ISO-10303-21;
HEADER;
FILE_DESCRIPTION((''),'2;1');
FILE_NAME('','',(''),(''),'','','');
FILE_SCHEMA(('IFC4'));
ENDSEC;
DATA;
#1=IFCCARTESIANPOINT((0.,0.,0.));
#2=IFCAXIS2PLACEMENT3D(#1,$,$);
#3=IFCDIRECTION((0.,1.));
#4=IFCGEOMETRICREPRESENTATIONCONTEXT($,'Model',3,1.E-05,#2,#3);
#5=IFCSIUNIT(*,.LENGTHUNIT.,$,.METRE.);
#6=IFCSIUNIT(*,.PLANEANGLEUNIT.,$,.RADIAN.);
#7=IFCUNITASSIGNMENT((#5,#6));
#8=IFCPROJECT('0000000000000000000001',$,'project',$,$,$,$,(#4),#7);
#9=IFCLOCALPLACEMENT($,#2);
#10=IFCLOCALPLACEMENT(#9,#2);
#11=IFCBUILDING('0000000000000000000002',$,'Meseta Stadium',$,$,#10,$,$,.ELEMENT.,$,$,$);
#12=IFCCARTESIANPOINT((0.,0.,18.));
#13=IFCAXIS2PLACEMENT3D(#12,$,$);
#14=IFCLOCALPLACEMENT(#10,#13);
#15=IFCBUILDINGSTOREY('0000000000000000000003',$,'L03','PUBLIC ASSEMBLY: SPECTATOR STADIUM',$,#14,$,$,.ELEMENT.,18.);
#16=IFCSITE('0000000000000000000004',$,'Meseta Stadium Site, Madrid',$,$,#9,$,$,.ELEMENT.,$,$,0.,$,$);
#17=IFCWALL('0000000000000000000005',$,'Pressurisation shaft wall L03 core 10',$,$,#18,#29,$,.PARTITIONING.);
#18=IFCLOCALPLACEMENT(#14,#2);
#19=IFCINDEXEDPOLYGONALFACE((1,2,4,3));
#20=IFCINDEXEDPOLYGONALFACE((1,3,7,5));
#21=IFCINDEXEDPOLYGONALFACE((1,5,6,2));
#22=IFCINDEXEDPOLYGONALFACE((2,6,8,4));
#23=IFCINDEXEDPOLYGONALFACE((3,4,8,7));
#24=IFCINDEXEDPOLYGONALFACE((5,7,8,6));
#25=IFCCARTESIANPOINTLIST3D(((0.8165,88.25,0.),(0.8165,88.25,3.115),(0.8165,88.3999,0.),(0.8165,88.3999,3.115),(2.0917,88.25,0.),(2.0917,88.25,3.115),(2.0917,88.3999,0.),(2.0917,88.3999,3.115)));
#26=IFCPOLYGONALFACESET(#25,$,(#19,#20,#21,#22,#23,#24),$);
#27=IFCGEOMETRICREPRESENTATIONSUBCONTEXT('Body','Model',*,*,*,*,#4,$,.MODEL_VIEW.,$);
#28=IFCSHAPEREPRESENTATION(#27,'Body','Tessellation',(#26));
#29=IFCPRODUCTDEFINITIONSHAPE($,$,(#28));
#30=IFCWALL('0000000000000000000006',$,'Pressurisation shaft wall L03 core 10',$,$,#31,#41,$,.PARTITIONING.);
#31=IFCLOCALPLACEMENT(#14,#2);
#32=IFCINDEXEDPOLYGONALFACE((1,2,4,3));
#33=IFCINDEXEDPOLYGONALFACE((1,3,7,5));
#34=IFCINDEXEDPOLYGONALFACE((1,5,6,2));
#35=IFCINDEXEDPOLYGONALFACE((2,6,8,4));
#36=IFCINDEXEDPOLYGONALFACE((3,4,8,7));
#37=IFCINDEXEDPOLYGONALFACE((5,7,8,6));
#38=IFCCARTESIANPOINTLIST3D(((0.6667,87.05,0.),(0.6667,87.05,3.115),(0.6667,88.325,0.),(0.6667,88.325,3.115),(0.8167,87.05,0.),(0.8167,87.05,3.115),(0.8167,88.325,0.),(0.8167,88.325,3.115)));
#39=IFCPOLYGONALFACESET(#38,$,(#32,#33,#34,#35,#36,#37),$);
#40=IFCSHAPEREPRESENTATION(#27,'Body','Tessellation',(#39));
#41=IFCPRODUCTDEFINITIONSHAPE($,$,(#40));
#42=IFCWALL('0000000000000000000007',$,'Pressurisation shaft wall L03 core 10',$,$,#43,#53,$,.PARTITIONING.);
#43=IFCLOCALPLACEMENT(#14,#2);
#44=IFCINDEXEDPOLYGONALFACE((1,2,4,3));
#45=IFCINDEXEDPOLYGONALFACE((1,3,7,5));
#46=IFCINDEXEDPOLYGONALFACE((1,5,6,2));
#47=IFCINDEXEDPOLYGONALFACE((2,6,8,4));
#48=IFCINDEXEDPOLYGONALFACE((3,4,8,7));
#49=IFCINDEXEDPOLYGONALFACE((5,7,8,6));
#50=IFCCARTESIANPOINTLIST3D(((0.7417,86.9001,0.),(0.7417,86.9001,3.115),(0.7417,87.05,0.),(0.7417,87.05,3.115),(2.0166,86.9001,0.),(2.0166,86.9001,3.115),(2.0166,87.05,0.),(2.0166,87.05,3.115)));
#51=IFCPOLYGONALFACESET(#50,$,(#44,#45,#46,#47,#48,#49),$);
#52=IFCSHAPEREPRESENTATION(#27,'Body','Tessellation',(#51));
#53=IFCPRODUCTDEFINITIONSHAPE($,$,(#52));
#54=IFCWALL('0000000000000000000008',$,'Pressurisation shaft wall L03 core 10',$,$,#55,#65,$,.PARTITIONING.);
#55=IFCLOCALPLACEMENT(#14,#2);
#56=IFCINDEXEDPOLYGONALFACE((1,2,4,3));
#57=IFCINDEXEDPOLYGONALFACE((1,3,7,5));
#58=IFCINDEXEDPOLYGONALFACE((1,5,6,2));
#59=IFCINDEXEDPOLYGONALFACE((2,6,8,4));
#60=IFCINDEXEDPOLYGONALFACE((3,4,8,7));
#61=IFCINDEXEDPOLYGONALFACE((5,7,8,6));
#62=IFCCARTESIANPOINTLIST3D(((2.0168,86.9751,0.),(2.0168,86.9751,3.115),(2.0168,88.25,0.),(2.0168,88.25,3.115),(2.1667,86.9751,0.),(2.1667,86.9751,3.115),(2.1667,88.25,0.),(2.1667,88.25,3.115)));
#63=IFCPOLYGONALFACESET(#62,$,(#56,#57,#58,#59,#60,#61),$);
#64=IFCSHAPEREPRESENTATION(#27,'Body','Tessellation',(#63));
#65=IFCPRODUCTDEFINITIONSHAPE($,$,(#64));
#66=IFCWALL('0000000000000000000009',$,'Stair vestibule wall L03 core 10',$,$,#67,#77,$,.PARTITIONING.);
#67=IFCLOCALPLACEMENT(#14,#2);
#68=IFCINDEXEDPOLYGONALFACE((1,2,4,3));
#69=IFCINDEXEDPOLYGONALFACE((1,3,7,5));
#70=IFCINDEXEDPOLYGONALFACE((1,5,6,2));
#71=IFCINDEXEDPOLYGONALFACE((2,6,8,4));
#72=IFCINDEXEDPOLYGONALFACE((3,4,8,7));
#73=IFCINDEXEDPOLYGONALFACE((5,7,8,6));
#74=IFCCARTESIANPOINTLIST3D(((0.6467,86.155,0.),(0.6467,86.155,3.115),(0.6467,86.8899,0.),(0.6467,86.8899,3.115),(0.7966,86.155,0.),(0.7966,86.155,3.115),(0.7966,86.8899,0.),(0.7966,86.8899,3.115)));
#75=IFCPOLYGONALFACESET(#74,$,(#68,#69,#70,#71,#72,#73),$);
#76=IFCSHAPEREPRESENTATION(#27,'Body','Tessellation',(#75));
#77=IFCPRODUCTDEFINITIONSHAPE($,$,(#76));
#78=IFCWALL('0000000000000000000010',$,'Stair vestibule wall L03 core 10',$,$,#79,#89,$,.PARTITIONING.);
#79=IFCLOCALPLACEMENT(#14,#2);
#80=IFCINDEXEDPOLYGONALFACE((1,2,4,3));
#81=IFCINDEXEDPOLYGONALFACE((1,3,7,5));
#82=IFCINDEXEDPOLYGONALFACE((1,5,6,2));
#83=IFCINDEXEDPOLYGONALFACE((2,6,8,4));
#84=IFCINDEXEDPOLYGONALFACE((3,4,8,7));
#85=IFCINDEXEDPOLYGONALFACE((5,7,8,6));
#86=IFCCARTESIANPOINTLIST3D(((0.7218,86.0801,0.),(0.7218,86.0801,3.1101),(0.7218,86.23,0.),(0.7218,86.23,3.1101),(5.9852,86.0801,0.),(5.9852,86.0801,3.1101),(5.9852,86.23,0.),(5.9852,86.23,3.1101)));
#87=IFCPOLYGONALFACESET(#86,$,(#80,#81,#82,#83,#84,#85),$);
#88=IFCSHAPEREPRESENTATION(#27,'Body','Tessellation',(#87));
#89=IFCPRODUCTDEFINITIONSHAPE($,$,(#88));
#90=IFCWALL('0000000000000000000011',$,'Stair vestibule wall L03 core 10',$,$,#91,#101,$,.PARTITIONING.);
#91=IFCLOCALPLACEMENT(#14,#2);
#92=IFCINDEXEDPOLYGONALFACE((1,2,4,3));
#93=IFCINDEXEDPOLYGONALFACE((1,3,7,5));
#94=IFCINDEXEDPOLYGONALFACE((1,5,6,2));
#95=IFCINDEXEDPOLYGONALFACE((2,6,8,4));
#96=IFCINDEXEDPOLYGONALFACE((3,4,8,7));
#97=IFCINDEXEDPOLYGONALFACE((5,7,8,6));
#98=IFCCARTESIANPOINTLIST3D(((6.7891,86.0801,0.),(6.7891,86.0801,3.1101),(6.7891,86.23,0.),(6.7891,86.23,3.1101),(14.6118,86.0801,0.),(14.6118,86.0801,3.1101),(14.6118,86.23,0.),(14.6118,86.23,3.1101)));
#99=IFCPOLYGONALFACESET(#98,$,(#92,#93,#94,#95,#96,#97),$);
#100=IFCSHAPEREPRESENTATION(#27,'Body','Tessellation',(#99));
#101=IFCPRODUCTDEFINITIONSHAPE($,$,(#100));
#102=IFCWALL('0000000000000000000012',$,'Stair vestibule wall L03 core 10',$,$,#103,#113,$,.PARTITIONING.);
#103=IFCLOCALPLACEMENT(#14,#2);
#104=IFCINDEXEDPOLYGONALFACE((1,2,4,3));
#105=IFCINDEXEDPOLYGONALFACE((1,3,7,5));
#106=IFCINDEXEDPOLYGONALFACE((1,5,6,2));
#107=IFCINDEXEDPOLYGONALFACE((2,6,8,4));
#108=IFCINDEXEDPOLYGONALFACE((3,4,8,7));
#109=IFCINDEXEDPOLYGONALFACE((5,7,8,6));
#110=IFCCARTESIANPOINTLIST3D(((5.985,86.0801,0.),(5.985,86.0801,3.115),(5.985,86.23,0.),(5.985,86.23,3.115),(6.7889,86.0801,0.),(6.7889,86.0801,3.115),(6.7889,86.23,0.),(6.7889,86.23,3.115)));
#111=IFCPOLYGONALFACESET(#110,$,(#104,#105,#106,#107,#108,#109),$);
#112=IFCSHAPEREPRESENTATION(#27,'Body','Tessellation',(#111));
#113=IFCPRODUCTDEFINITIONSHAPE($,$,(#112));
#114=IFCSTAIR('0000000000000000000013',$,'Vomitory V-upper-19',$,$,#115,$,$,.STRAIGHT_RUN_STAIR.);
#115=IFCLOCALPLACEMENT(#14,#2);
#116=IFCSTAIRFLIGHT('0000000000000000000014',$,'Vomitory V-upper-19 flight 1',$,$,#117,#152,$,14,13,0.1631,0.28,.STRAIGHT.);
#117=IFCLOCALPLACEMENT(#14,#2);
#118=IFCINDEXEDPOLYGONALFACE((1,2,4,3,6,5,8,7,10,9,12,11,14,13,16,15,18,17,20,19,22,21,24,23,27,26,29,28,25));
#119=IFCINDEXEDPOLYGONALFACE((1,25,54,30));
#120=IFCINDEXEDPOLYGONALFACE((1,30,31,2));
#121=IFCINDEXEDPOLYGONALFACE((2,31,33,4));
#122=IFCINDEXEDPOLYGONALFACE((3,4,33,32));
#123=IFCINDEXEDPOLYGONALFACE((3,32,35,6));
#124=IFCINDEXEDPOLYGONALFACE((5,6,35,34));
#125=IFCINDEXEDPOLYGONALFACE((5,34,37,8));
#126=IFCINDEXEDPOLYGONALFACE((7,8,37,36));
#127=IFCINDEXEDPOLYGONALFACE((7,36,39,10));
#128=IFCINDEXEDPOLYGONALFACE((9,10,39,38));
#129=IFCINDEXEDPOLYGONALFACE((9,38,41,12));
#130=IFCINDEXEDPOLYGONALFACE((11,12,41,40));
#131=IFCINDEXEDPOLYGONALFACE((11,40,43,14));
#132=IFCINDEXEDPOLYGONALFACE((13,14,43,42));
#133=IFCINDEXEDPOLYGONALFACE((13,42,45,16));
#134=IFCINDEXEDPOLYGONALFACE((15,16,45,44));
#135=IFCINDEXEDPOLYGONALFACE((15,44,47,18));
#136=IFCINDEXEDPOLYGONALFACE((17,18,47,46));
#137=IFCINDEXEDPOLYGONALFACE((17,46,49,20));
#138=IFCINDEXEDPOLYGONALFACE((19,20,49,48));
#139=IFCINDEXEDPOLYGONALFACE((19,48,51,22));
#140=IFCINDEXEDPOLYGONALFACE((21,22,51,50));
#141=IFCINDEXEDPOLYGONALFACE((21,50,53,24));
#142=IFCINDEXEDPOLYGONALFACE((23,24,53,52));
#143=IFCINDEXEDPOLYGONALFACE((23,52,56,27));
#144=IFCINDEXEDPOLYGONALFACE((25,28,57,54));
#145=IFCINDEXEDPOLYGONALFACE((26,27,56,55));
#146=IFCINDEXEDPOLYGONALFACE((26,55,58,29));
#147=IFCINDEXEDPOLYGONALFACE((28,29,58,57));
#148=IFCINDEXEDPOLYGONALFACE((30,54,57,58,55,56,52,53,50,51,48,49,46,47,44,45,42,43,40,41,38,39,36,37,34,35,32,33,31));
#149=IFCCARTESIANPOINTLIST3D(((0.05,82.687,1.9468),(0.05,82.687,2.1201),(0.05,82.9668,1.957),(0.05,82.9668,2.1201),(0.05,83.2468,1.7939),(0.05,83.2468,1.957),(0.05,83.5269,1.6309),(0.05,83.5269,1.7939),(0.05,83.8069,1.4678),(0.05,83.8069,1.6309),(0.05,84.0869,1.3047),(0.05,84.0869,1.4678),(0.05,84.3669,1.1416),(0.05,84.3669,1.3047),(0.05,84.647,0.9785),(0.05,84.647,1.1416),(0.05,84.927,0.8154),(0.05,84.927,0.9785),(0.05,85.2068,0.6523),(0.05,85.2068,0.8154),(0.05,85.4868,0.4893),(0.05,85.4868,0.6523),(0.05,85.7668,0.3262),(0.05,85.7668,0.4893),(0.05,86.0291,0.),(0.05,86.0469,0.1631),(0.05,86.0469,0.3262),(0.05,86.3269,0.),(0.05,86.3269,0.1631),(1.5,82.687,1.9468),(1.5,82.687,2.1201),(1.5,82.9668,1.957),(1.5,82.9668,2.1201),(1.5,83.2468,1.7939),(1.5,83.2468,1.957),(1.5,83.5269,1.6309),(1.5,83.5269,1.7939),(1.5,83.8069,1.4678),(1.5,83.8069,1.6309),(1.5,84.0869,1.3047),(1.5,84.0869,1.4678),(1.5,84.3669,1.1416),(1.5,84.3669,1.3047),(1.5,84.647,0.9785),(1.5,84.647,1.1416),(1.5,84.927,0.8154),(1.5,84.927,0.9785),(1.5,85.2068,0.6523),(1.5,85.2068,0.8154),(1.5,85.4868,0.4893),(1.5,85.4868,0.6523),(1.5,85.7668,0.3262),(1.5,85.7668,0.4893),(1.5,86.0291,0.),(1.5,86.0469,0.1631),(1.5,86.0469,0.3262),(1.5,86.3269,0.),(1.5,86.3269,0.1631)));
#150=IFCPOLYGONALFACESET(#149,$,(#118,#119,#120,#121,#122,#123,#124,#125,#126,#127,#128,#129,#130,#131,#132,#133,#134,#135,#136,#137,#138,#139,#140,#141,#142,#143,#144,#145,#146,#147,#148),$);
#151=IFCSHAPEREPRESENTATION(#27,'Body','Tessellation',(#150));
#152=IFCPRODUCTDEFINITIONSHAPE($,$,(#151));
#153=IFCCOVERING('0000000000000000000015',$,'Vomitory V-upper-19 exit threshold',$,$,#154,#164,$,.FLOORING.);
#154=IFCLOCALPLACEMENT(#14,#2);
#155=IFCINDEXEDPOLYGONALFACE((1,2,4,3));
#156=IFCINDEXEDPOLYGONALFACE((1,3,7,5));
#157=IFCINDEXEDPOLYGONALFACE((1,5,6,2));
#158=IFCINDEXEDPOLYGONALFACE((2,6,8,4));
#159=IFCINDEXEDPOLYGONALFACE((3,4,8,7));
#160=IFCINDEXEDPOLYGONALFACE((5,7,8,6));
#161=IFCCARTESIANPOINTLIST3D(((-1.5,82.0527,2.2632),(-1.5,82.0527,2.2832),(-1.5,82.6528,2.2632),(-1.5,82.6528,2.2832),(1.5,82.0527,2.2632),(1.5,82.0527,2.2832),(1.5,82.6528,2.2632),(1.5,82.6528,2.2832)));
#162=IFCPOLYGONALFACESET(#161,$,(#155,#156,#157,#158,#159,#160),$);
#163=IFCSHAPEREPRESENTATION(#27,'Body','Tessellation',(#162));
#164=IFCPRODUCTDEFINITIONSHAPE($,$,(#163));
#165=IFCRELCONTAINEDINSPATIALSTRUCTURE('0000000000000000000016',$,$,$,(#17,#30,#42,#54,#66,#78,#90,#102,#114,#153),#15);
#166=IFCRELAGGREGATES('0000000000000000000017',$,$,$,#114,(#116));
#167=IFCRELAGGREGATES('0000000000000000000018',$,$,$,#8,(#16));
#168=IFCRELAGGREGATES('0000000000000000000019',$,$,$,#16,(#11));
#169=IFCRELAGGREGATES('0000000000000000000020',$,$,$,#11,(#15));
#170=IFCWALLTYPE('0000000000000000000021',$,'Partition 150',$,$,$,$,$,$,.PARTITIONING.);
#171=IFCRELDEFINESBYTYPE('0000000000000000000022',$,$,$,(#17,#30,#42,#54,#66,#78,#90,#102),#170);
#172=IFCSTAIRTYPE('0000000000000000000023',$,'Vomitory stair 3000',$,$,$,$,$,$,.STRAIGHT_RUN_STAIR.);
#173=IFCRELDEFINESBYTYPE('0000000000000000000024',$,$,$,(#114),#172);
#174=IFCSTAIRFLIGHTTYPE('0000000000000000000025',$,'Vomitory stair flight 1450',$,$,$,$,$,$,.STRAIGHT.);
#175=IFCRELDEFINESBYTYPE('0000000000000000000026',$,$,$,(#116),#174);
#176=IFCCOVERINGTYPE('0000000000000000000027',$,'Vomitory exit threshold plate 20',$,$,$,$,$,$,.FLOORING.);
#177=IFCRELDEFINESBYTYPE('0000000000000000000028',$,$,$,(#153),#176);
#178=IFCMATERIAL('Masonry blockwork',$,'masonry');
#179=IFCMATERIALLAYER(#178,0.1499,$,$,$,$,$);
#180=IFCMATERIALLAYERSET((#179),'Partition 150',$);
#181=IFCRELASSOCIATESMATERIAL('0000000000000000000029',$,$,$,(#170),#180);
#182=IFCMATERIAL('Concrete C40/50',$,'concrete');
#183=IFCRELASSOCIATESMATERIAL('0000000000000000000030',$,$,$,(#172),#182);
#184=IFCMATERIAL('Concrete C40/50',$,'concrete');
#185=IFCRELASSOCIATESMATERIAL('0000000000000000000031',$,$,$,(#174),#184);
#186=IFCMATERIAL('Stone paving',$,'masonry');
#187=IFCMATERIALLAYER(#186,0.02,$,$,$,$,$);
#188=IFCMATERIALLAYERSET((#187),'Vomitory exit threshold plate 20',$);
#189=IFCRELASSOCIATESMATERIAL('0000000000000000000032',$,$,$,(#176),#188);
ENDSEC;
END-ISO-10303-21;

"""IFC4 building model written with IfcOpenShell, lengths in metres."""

from ifc_helpers import new_model, si_unit, direction, frame, frame_2d, origin, origin_2d, place, context, subcontext, project, spatial, polyline, rectangle, outline, extrude, material, layer, layer_set, type_object, element, aggregate, save


model = new_model("IFC4")

# Units and contexts
model_context = context("Model", 3, precision=1e-05, world=origin(), true_north=direction((0.0, 1.0)))
body_context = subcontext(model_context, "Body", "Model", "MODEL_VIEW")
ifc_project = project(units=[si_unit("LENGTHUNIT", "METRE"), si_unit("PLANEANGLEUNIT", "RADIAN")], contexts=[model_context])

# Site, building, storey
site_placement = place(None, origin())
site = spatial("IfcSite", under=ifc_project, at=site_placement, Name="Meseta Stadium Site, Madrid", CompositionType="ELEMENT", RefElevation=0.0)
building_placement = place(site_placement, origin())
building = spatial("IfcBuilding", under=site, at=building_placement, Name="Meseta Stadium", CompositionType="ELEMENT")
storey_placement = place(building_placement, frame((0.0, 0.0, 18.0)))
storey = spatial("IfcBuildingStorey", under=building, at=storey_placement, Name="L03", Description="PUBLIC ASSEMBLY: SPECTATOR STADIUM", CompositionType="ELEMENT", Elevation=18.0)

# Walls
ifc_material_1 = material(Name="Masonry blockwork", Category="masonry")
ifc_layer_1 = layer(ifc_material_1, 0.1499)
ifc_layer_set_1 = layer_set([ifc_layer_1], Name="Partition 150")
wall_type_1 = type_object("IfcWallType", Name="Partition 150", PredefinedType="PARTITIONING", material=ifc_layer_set_1)
wall_1_placement = place(storey_placement, frame((2.0918, 88.325, 0.0), z_axis=(0.0, 0.0, 1.0), x_axis=(-1.0, 0.0, 0.0)))
element("IfcWall", 1, at=wall_1_placement, inside=storey, type_object=wall_type_1, Name="Pressurisation shaft wall L03 core 10", PredefinedType="PARTITIONING", context=body_context, shape_type="SweptSolid", body=[
    extrude(rectangle(XDim=1.2751, YDim=0.1499, at=frame_2d((0.6377, 0.0))), origin(), (0.0, 0.0, 1.0), 3.115),
])
for number, where, z_axis, x_axis, name in (
    (2, (0.7417, 88.325, 0.0), (0.0, 0.0, 1.0), (0.0, -1.0, 0.0), "Pressurisation shaft wall L03 core 10"),
    (3, (0.7417, 86.9751, 0.0), (0.0, 0.0, 1.0), (1.0, 0.0, 0.0), "Pressurisation shaft wall L03 core 10"),
    (4, (2.0918, 86.9751, 0.0), (0.0, 0.0, 1.0), (0.0, 1.0, 0.0), "Pressurisation shaft wall L03 core 10"),
):
    element("IfcWall", number, at=place(storey_placement, frame(where, z_axis=z_axis, x_axis=x_axis)), inside=storey, type_object=wall_type_1, Name=name, PredefinedType="PARTITIONING", context=body_context, shape_type="SweptSolid", body=[
        extrude(rectangle(XDim=1.2749, YDim=0.1499, at=frame_2d((0.6375, 0.0))), origin(), (0.0, 0.0, 1.0), 3.115),
    ])
wall_2_placement = place(storey_placement, frame((0.7217, 86.8899, 0.0), z_axis=(0.0, 0.0, 1.0), x_axis=(0.0, -1.0, 0.0)))
element("IfcWall", 5, at=wall_2_placement, inside=storey, type_object=wall_type_1, Name="Stair vestibule wall L03 core 10", PredefinedType="PARTITIONING", context=body_context, shape_type="SweptSolid", body=[
    extrude(rectangle(XDim=0.7349, YDim=0.1499, at=frame_2d((0.3674, 0.0))), origin(), (0.0, 0.0, 1.0), 3.115),
])
wall_3_placement = place(storey_placement, frame((0.7217, 86.155, 0.0), z_axis=(0.0, 0.0, 1.0), x_axis=(1.0, 0.0, 0.0)))
element("IfcWall", 6, at=wall_3_placement, inside=storey, type_object=wall_type_1, Name="Stair vestibule wall L03 core 10", PredefinedType="PARTITIONING", context=body_context, shape_type="SweptSolid", body=[
    extrude(rectangle(XDim=5.2634, YDim=0.1499, at=frame_2d((2.6318, 0.0))), origin(), (0.0, 0.0, 1.0), 3.1101),
])
wall_4_placement = place(storey_placement, frame((6.7891, 86.155, 0.0), z_axis=(0.0, 0.0, 1.0), x_axis=(1.0, 0.0, 0.0)))
element("IfcWall", 7, at=wall_4_placement, inside=storey, type_object=wall_type_1, Name="Stair vestibule wall L03 core 10", PredefinedType="PARTITIONING", context=body_context, shape_type="SweptSolid", body=[
    extrude(rectangle(XDim=7.8228, YDim=0.1499, at=frame_2d((3.9114, 0.0))), origin(), (0.0, 0.0, 1.0), 3.1101),
])
wall_5_placement = place(storey_placement, frame((5.9851, 86.155, 0.0), z_axis=(0.0, 0.0, 1.0), x_axis=(1.0, 0.0, 0.0)))
element("IfcWall", 8, at=wall_5_placement, inside=storey, type_object=wall_type_1, Name="Stair vestibule wall L03 core 10", PredefinedType="PARTITIONING", context=body_context, shape_type="SweptSolid", body=[
    extrude(rectangle(XDim=0.804, YDim=0.1499, at=frame_2d((0.4019, 0.0))), origin(), (0.0, 0.0, 1.0), 3.115),
])

# Stair, stair flight
ifc_material_2 = material(Name="Concrete C40/50", Category="concrete")
stair_type = type_object("IfcStairType", Name="Vomitory stair 3000", PredefinedType="STRAIGHT_RUN_STAIR", material=ifc_material_2)
stair_placement = place(storey_placement, origin())
stair = element("IfcStair", 9, at=stair_placement, inside=storey, type_object=stair_type, Name="Vomitory V-upper-19", PredefinedType="STRAIGHT_RUN_STAIR")
ifc_material_3 = material(Name="Concrete C40/50", Category="concrete")
stair_flight_type = type_object("IfcStairFlightType", Name="Vomitory stair flight 1450", PredefinedType="STRAIGHT", material=ifc_material_3)
stair_flight_placement = place(storey_placement, frame((0.7749, 86.3269, 0.0), z_axis=(0.0, 0.0, 1.0), x_axis=(0.0, -1.0, 0.0)))
stair_flight = element("IfcStairFlight", 10, at=stair_flight_placement, type_object=stair_flight_type, Name="Vomitory V-upper-19 flight 1", NumberOfRisers=14, NumberOfTreads=13, PredefinedType="STRAIGHT", RiserHeight=0.1631, TreadLength=0.28, context=body_context, shape_type="SweptSolid", body=[
    extrude(outline(polyline([(0.0, 0.0), (0.0, 0.1631), (0.28, 0.1631), (0.28, 0.3262), (0.5601, 0.3262), (0.5601, 0.4893), (0.8401, 0.4893), (0.8401, 0.6523), (1.1201, 0.6523), (1.1201, 0.8154), (1.3999, 0.8154), (1.3999, 0.9785), (1.6799, 0.9785), (1.6799, 1.1416), (1.96, 1.1416), (1.96, 1.3047), (2.24, 1.3047), (2.24, 1.4678), (2.52, 1.4678), (2.52, 1.6309), (2.8, 1.6309), (2.8, 1.7939), (3.0801, 1.7939), (3.0801, 1.957), (3.3601, 1.957), (3.3601, 2.1201), (3.6399, 2.1201), (3.6399, 1.9468), (0.2979, 0.0), (0.0, 0.0)])), frame((0.0, 0.7251, 0.0), z_axis=(0.0, -1.0, 0.0), x_axis=(1.0, 0.0, 0.0)), (0.0, 0.0, 1.0), 1.45),
])
aggregate(stair, [stair_flight])

# Covering
ifc_material_4 = material(Name="Stone paving", Category="masonry")
ifc_layer_2 = layer(ifc_material_4, 0.02)
ifc_layer_set_2 = layer_set([ifc_layer_2], Name="Vomitory exit threshold plate 20")
covering_type = type_object("IfcCoveringType", Name="Vomitory exit threshold plate 20", PredefinedType="FLOORING", material=ifc_layer_set_2)
covering_placement = place(storey_placement, frame((0.0, 82.3528, 2.2632), z_axis=(0.0, 0.0, 1.0), x_axis=(0.0, -1.0, 0.0)))
element("IfcCovering", 11, at=covering_placement, inside=storey, type_object=covering_type, Name="Vomitory V-upper-19 exit threshold", PredefinedType="FLOORING", context=body_context, shape_type="SweptSolid", body=[
    extrude(rectangle(XDim=0.6001, YDim=3.0, at=origin_2d()), origin(), (0.0, 0.0, 1.0), 0.02),
])

save(model, "model.ifc")
